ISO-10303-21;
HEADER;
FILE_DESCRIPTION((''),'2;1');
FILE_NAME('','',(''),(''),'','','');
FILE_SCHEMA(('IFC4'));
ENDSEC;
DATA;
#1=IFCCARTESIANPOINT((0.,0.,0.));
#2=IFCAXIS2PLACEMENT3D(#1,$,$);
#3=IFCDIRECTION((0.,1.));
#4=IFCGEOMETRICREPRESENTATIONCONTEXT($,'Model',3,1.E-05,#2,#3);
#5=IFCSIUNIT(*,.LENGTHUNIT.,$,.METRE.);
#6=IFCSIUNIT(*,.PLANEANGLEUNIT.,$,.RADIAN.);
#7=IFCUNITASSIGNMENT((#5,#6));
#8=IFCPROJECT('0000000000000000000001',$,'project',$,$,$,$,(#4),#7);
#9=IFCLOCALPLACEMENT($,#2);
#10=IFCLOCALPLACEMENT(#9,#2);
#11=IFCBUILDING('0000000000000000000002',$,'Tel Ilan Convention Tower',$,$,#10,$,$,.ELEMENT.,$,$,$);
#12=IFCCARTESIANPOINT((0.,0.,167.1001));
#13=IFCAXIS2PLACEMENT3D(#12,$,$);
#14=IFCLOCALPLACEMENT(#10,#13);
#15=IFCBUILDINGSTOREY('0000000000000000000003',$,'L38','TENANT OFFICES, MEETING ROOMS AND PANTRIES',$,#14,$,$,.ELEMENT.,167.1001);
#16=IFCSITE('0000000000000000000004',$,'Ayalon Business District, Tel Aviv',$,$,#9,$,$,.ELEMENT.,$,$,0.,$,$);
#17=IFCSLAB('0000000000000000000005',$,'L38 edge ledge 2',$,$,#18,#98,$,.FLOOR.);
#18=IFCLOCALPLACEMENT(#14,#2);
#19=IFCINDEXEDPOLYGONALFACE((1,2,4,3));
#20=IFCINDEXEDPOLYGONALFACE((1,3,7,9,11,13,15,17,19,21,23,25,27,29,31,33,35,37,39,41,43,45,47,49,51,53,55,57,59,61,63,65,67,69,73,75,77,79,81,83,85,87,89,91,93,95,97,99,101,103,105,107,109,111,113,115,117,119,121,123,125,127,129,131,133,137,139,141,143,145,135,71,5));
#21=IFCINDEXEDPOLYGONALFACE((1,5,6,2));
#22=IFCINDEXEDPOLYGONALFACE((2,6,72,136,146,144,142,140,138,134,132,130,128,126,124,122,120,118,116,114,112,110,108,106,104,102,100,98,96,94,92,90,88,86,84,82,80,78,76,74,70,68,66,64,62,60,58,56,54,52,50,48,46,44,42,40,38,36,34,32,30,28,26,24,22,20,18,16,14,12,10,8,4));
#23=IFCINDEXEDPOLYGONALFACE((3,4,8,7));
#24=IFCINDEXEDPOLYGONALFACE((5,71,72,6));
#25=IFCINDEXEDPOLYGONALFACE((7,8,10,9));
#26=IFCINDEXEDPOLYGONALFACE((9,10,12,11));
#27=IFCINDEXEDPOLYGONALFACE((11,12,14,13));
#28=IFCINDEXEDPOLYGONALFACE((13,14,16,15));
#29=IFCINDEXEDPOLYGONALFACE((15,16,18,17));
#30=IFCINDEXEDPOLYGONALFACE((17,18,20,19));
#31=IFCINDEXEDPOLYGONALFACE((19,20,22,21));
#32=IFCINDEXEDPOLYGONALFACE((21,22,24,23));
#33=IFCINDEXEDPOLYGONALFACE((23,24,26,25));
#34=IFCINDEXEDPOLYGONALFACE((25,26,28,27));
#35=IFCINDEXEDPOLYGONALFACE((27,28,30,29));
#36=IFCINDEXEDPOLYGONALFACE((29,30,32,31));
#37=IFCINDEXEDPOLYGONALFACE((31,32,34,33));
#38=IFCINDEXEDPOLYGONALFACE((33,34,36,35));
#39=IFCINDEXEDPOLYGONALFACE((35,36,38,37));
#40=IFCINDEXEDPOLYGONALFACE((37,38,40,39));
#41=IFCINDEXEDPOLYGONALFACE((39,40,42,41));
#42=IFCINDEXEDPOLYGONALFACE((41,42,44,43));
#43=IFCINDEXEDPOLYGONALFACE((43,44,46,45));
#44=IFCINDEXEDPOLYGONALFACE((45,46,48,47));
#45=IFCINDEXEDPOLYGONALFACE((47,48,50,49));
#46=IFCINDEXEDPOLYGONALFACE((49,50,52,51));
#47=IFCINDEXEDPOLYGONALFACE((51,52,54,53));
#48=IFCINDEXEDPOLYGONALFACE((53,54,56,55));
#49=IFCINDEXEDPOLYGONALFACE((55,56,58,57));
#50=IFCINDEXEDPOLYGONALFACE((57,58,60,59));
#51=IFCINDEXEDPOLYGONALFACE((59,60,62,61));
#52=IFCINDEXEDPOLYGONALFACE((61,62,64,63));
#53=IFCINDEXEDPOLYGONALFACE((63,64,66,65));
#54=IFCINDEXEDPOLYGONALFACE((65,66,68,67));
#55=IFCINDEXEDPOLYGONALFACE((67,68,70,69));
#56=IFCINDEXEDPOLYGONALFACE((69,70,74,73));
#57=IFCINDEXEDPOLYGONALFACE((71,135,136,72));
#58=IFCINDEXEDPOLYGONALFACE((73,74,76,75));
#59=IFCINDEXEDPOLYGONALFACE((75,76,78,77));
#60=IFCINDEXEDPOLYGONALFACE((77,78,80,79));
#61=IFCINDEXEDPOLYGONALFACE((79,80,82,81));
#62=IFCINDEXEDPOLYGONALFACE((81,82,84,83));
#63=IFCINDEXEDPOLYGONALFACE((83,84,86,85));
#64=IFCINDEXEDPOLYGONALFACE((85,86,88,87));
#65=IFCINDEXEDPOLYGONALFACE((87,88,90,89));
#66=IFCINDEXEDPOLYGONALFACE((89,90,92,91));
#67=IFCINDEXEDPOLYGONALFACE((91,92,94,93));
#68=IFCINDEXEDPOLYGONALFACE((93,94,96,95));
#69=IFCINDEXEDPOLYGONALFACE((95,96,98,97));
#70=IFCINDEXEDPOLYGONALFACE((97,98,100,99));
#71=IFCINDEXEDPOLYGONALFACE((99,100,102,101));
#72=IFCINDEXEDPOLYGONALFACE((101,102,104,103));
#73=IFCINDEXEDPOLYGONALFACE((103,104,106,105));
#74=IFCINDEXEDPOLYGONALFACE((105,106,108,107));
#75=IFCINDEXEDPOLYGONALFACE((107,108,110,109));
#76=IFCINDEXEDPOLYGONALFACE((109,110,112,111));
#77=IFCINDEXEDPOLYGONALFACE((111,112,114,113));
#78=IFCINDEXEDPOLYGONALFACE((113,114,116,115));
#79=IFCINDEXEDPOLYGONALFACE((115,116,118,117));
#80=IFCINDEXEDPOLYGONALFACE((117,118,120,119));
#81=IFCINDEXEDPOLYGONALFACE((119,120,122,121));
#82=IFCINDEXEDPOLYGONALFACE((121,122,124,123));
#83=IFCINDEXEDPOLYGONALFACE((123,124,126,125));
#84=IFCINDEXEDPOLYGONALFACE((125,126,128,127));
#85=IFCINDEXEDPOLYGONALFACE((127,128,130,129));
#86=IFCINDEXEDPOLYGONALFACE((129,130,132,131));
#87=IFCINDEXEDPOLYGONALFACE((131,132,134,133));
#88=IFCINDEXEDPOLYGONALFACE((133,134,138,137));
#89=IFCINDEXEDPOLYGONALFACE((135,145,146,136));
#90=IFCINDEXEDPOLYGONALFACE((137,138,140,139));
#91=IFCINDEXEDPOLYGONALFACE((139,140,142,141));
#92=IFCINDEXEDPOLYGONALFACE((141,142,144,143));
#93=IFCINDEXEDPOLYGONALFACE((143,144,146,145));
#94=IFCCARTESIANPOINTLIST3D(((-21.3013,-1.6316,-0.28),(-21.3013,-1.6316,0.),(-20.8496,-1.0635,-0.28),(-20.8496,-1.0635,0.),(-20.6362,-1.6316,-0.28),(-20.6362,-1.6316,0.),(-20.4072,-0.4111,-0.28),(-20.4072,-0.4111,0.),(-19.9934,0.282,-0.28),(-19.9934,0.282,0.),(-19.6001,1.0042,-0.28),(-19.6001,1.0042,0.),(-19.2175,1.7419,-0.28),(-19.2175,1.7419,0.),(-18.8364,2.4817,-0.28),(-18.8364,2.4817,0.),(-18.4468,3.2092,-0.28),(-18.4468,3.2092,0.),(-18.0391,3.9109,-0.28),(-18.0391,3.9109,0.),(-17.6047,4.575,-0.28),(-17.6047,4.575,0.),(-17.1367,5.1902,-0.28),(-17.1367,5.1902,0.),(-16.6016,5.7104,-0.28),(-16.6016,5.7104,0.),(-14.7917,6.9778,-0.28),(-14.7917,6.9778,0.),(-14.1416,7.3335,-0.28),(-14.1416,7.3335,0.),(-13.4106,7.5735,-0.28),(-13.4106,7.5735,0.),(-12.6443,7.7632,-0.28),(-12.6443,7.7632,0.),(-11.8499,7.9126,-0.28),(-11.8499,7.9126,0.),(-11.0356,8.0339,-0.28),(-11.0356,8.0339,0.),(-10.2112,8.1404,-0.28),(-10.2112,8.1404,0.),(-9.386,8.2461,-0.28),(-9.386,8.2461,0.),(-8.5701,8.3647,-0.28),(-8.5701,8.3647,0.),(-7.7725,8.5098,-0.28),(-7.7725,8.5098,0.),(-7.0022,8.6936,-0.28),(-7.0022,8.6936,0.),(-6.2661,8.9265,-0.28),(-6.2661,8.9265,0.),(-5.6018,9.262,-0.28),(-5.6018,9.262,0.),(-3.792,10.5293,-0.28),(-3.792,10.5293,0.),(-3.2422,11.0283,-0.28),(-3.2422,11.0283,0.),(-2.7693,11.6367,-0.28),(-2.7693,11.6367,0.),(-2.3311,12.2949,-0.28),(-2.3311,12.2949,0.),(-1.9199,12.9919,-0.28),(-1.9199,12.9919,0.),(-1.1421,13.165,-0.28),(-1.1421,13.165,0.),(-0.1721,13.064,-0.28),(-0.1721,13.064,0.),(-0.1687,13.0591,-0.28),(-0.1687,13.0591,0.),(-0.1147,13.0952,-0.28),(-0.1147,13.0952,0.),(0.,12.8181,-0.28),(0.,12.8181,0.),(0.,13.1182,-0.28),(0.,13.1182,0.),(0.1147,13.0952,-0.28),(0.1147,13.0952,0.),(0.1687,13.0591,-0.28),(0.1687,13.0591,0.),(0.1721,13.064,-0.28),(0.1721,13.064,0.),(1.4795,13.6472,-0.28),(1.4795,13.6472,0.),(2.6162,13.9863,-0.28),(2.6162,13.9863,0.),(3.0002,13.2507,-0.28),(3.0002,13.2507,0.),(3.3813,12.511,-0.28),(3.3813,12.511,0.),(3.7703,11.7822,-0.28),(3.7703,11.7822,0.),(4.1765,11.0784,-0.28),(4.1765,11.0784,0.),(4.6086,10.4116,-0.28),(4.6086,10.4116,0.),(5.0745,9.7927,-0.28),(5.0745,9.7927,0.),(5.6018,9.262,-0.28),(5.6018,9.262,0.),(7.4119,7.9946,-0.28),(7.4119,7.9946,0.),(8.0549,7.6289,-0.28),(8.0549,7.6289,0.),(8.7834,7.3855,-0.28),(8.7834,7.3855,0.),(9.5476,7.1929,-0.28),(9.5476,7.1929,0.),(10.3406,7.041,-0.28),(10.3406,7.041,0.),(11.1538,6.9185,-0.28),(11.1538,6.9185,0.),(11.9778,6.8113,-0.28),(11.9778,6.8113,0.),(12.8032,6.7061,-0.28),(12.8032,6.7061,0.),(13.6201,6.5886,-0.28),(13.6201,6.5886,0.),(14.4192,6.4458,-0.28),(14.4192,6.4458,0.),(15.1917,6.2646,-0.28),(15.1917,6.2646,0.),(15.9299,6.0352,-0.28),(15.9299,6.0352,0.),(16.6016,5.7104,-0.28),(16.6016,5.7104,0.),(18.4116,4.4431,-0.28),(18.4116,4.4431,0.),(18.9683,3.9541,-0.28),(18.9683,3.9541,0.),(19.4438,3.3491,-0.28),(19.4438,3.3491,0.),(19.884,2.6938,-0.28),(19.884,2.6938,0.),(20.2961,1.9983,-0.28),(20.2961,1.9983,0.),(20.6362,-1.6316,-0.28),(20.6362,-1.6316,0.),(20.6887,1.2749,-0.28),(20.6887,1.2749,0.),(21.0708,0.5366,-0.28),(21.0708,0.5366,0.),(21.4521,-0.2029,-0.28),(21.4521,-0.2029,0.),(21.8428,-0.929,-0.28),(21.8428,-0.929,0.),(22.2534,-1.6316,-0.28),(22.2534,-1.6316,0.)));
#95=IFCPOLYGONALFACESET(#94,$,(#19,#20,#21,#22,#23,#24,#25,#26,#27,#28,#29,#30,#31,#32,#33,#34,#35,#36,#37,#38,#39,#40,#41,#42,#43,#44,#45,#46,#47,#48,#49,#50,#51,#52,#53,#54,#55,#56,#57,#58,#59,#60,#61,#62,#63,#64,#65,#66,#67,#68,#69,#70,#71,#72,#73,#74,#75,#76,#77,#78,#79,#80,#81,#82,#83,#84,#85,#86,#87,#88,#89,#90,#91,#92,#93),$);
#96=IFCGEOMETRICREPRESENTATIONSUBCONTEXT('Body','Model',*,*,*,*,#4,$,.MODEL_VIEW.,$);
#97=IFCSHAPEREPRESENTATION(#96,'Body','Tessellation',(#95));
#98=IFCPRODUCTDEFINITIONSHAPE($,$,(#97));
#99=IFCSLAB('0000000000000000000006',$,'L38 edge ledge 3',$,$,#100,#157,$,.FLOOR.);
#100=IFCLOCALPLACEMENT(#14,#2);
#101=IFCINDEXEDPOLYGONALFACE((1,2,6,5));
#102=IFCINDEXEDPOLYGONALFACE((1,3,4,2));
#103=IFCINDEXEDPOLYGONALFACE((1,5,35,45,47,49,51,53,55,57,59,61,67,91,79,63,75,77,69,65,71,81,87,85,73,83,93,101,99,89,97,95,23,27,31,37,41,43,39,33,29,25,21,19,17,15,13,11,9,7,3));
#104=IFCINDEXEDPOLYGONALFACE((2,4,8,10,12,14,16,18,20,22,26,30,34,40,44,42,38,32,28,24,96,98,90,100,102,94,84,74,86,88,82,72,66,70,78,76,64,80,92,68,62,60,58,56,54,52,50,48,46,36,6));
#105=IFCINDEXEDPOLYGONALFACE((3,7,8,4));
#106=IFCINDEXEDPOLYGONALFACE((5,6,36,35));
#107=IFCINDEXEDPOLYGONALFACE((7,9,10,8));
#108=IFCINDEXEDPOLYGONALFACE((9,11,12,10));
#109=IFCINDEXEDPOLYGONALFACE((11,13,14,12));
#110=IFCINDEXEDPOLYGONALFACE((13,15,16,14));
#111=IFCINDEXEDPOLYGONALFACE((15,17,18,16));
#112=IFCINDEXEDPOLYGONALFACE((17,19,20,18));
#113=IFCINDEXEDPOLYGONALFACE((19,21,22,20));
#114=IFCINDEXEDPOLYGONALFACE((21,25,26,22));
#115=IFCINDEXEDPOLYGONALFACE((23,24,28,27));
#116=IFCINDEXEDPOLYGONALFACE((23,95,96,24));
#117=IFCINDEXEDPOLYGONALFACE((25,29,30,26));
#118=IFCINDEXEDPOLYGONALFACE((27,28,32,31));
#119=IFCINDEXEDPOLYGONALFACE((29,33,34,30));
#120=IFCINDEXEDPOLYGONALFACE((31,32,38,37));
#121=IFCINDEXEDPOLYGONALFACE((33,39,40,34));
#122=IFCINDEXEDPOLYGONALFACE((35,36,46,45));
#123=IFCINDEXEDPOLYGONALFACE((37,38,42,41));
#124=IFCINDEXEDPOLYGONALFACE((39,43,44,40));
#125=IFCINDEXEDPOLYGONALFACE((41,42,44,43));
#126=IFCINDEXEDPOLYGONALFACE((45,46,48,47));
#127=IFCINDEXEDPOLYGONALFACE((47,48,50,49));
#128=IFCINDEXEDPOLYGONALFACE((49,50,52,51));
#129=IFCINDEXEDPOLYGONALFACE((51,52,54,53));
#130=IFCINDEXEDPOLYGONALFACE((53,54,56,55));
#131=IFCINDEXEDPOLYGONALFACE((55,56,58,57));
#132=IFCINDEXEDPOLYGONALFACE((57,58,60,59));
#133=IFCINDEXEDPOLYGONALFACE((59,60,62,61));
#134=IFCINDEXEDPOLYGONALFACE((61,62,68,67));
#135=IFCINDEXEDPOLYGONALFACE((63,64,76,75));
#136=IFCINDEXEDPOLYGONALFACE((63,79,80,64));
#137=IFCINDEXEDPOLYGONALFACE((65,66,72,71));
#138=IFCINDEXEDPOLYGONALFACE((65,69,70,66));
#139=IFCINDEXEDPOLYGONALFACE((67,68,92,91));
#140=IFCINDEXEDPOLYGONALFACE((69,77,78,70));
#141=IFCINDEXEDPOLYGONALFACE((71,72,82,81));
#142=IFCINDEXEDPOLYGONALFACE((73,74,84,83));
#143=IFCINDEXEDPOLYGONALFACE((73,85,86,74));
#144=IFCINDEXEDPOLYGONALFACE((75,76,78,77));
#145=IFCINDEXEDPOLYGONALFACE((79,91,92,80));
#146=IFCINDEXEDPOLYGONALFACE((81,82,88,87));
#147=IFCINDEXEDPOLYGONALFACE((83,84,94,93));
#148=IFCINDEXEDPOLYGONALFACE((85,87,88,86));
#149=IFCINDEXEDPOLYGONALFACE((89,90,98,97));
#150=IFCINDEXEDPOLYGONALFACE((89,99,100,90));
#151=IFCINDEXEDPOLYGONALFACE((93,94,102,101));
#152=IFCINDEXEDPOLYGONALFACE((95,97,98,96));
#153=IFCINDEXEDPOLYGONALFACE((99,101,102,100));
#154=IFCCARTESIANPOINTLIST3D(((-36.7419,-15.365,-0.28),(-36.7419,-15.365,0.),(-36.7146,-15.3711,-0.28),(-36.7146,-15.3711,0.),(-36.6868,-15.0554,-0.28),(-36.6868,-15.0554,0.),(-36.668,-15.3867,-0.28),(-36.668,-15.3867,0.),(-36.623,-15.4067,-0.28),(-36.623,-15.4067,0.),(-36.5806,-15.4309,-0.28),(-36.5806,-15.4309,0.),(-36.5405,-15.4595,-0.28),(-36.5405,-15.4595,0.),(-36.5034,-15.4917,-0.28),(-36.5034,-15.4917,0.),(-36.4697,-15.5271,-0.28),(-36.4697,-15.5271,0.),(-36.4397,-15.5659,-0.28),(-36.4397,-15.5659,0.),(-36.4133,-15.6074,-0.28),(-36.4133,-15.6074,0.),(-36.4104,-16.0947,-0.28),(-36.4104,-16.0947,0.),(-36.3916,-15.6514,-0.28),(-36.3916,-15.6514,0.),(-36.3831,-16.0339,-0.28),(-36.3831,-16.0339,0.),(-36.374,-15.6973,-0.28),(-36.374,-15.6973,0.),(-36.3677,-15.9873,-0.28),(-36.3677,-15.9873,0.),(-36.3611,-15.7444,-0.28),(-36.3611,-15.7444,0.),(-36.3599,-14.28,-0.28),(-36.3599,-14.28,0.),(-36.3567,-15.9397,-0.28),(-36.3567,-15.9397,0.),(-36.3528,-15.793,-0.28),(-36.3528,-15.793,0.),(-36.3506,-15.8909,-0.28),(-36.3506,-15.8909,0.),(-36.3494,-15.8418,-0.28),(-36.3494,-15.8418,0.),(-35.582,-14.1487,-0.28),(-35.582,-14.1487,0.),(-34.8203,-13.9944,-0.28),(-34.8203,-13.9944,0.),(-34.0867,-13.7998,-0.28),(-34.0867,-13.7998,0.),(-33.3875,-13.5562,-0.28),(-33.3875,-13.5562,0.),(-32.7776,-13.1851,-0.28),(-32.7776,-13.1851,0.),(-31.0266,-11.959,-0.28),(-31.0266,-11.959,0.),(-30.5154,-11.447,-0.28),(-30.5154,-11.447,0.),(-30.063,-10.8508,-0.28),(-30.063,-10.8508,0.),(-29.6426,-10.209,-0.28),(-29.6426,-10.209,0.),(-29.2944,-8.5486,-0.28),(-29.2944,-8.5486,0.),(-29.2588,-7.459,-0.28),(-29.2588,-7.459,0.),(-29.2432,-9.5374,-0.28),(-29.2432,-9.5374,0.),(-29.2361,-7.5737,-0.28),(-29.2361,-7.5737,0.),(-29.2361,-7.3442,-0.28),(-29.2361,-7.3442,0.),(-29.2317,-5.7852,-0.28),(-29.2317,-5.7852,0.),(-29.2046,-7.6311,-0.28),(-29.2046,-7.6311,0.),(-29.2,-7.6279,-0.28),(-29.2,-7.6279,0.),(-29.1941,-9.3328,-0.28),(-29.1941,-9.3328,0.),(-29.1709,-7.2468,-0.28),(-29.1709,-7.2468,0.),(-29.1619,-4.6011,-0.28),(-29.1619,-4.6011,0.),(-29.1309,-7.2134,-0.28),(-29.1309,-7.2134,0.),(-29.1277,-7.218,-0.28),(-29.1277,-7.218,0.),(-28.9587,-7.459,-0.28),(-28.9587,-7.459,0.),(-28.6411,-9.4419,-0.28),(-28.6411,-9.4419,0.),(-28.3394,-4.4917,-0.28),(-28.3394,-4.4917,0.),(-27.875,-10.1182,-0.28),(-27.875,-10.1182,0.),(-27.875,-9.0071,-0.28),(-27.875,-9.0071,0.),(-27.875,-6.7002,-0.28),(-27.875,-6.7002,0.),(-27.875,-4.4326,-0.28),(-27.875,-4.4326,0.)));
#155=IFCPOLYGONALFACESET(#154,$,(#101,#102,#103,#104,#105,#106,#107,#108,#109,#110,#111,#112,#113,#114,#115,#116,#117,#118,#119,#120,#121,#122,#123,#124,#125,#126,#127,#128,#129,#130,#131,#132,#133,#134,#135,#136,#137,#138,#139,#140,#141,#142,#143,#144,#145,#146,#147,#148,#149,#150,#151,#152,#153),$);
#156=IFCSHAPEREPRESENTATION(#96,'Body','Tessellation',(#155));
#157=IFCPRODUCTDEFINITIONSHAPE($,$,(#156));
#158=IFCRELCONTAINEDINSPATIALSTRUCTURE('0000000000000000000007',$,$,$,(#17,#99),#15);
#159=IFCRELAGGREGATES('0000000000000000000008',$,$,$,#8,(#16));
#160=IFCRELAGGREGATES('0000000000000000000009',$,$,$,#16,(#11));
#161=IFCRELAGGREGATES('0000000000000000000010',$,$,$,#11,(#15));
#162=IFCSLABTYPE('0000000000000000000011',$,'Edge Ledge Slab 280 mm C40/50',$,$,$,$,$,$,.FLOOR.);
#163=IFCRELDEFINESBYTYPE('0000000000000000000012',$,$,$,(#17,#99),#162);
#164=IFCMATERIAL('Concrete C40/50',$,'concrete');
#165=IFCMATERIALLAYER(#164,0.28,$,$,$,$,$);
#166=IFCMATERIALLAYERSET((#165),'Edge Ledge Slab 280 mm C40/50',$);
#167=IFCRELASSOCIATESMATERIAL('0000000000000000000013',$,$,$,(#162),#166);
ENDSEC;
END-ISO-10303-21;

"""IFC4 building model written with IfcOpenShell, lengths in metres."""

from ifc_helpers import new_model, si_unit, direction, frame, origin, place, context, subcontext, project, spatial, polyline, outline, extrude, material, layer, layer_set, type_object, element, save


model = new_model("IFC4")

# Units and contexts
model_context = context("Model", 3, precision=1e-05, world=origin(), true_north=direction((0.0, 1.0)))
body_context = subcontext(model_context, "Body", "Model", "MODEL_VIEW")
ifc_project = project(units=[si_unit("LENGTHUNIT", "METRE"), si_unit("PLANEANGLEUNIT", "RADIAN")], contexts=[model_context])

# Site, building, storey
site_placement = place(None, origin())
site = spatial("IfcSite", under=ifc_project, at=site_placement, Name="Ayalon Business District, Tel Aviv", CompositionType="ELEMENT", RefElevation=0.0)
building_placement = place(site_placement, origin())
building = spatial("IfcBuilding", under=site, at=building_placement, Name="Tel Ilan Convention Tower", CompositionType="ELEMENT")
storey_placement = place(building_placement, frame((0.0, 0.0, 167.1001)))
storey = spatial("IfcBuildingStorey", under=building, at=storey_placement, Name="L38", Description="TENANT OFFICES, MEETING ROOMS AND PANTRIES", CompositionType="ELEMENT", Elevation=167.1001)

# Slabs
ifc_material_1 = material(Name="Concrete C40/50", Category="concrete")
ifc_layer_1 = layer(ifc_material_1, 0.28)
ifc_layer_set_1 = layer_set([ifc_layer_1], Name="Edge Ledge Slab 280 mm C40/50")
slab_type_1 = type_object("IfcSlabType", Name="Edge Ledge Slab 280 mm C40/50", PredefinedType="FLOOR", material=ifc_layer_set_1)
slab_1_placement = place(storey_placement, frame((0.0, 0.0, -0.28)))
element("IfcSlab", 1, at=slab_1_placement, inside=storey, type_object=slab_type_1, Name="L38 edge ledge 2", PredefinedType="FLOOR", context=body_context, shape_type="SweptSolid", body=[
    extrude(outline(polyline([(-18.4468, 3.2092), (-18.0391, 3.9109), (-17.6047, 4.575), (-17.1367, 5.1902), (-16.6016, 5.7104), (-14.7917, 6.9778), (-14.1416, 7.3335), (-13.4106, 7.5735), (-12.6443, 7.7632), (-11.8499, 7.9126), (-11.0356, 8.0339), (-10.2112, 8.1404), (-9.386, 8.2461), (-8.5701, 8.3647), (-7.7725, 8.5098), (-7.0022, 8.6936), (-6.2661, 8.9265), (-5.6018, 9.262), (-3.792, 10.5293), (-3.2422, 11.0283), (-2.7693, 11.6367), (-2.3311, 12.2949), (-1.9199, 12.9919), (-1.1421, 13.165), (-0.1721, 13.064), (-0.1687, 13.0591), (-0.1147, 13.0952), (0.0, 13.1182), (0.1147, 13.0952), (0.1687, 13.0591), (0.1721, 13.064), (1.4795, 13.6472), (2.6162, 13.9863), (3.0002, 13.2507), (3.3813, 12.511), (3.7703, 11.7822), (4.1765, 11.0784), (4.6086, 10.4116), (5.0745, 9.7927), (5.6018, 9.262), (7.4119, 7.9946), (8.0549, 7.6289), (8.7834, 7.3855), (9.5476, 7.1929), (10.3406, 7.041), (11.1538, 6.9185), (11.9778, 6.8113), (12.8032, 6.7061), (13.6201, 6.5886), (14.4192, 6.4458), (15.1917, 6.2646), (15.9299, 6.0352), (16.6016, 5.7104), (18.4116, 4.4431), (18.9683, 3.9541), (19.4438, 3.3491), (19.884, 2.6938), (20.2961, 1.9983), (20.6887, 1.2749), (21.0708, 0.5366), (21.4521, -0.2029), (21.8428, -0.929), (22.2534, -1.6316), (20.6362, -1.6316), (0.0, 12.8181), (-20.6362, -1.6316), (-21.3013, -1.6316), (-20.8496, -1.0635), (-20.4072, -0.4111), (-19.9934, 0.282), (-19.6001, 1.0042), (-19.2175, 1.7419), (-18.8364, 2.4817), (-18.4468, 3.2092)])), origin(), (0.0, 0.0, 1.0), 0.28),
])
slab_2_placement = place(storey_placement, frame((0.0, 0.0, -0.28)))
element("IfcSlab", 2, at=slab_2_placement, inside=storey, type_object=slab_type_1, Name="L38 edge ledge 3", PredefinedType="FLOOR", context=body_context, shape_type="SweptSolid", body=[
    extrude(outline(polyline([(-36.3506, -15.8909), (-36.3494, -15.8418), (-36.3528, -15.793), (-36.3611, -15.7444), (-36.374, -15.6973), (-36.3916, -15.6514), (-36.4133, -15.6074), (-36.4397, -15.5659), (-36.4697, -15.5271), (-36.5034, -15.4917), (-36.5405, -15.4595), (-36.5806, -15.4309), (-36.623, -15.4067), (-36.668, -15.3867), (-36.7146, -15.3711), (-36.7419, -15.365), (-36.6868, -15.0554), (-36.3599, -14.28), (-35.582, -14.1487), (-34.8203, -13.9944), (-34.0867, -13.7998), (-33.3875, -13.5562), (-32.7776, -13.1851), (-31.0266, -11.959), (-30.5154, -11.447), (-30.063, -10.8508), (-29.6426, -10.209), (-29.2432, -9.5374), (-28.6411, -9.4419), (-29.1941, -9.3328), (-29.2944, -8.5486), (-29.2046, -7.6311), (-29.2, -7.6279), (-29.2361, -7.5737), (-29.2588, -7.459), (-29.2361, -7.3442), (-29.1709, -7.2468), (-29.1277, -7.218), (-29.1309, -7.2134), (-29.2317, -5.7852), (-29.1619, -4.6011), (-28.3394, -4.4917), (-27.875, -4.4326), (-27.875, -6.7002), (-28.9587, -7.459), (-27.875, -9.0071), (-27.875, -10.1182), (-36.4104, -16.0947), (-36.3831, -16.0339), (-36.3677, -15.9873), (-36.3567, -15.9397), (-36.3506, -15.8909)])), origin(), (0.0, 0.0, 1.0), 0.28),
])

save(model, "model.ifc")
